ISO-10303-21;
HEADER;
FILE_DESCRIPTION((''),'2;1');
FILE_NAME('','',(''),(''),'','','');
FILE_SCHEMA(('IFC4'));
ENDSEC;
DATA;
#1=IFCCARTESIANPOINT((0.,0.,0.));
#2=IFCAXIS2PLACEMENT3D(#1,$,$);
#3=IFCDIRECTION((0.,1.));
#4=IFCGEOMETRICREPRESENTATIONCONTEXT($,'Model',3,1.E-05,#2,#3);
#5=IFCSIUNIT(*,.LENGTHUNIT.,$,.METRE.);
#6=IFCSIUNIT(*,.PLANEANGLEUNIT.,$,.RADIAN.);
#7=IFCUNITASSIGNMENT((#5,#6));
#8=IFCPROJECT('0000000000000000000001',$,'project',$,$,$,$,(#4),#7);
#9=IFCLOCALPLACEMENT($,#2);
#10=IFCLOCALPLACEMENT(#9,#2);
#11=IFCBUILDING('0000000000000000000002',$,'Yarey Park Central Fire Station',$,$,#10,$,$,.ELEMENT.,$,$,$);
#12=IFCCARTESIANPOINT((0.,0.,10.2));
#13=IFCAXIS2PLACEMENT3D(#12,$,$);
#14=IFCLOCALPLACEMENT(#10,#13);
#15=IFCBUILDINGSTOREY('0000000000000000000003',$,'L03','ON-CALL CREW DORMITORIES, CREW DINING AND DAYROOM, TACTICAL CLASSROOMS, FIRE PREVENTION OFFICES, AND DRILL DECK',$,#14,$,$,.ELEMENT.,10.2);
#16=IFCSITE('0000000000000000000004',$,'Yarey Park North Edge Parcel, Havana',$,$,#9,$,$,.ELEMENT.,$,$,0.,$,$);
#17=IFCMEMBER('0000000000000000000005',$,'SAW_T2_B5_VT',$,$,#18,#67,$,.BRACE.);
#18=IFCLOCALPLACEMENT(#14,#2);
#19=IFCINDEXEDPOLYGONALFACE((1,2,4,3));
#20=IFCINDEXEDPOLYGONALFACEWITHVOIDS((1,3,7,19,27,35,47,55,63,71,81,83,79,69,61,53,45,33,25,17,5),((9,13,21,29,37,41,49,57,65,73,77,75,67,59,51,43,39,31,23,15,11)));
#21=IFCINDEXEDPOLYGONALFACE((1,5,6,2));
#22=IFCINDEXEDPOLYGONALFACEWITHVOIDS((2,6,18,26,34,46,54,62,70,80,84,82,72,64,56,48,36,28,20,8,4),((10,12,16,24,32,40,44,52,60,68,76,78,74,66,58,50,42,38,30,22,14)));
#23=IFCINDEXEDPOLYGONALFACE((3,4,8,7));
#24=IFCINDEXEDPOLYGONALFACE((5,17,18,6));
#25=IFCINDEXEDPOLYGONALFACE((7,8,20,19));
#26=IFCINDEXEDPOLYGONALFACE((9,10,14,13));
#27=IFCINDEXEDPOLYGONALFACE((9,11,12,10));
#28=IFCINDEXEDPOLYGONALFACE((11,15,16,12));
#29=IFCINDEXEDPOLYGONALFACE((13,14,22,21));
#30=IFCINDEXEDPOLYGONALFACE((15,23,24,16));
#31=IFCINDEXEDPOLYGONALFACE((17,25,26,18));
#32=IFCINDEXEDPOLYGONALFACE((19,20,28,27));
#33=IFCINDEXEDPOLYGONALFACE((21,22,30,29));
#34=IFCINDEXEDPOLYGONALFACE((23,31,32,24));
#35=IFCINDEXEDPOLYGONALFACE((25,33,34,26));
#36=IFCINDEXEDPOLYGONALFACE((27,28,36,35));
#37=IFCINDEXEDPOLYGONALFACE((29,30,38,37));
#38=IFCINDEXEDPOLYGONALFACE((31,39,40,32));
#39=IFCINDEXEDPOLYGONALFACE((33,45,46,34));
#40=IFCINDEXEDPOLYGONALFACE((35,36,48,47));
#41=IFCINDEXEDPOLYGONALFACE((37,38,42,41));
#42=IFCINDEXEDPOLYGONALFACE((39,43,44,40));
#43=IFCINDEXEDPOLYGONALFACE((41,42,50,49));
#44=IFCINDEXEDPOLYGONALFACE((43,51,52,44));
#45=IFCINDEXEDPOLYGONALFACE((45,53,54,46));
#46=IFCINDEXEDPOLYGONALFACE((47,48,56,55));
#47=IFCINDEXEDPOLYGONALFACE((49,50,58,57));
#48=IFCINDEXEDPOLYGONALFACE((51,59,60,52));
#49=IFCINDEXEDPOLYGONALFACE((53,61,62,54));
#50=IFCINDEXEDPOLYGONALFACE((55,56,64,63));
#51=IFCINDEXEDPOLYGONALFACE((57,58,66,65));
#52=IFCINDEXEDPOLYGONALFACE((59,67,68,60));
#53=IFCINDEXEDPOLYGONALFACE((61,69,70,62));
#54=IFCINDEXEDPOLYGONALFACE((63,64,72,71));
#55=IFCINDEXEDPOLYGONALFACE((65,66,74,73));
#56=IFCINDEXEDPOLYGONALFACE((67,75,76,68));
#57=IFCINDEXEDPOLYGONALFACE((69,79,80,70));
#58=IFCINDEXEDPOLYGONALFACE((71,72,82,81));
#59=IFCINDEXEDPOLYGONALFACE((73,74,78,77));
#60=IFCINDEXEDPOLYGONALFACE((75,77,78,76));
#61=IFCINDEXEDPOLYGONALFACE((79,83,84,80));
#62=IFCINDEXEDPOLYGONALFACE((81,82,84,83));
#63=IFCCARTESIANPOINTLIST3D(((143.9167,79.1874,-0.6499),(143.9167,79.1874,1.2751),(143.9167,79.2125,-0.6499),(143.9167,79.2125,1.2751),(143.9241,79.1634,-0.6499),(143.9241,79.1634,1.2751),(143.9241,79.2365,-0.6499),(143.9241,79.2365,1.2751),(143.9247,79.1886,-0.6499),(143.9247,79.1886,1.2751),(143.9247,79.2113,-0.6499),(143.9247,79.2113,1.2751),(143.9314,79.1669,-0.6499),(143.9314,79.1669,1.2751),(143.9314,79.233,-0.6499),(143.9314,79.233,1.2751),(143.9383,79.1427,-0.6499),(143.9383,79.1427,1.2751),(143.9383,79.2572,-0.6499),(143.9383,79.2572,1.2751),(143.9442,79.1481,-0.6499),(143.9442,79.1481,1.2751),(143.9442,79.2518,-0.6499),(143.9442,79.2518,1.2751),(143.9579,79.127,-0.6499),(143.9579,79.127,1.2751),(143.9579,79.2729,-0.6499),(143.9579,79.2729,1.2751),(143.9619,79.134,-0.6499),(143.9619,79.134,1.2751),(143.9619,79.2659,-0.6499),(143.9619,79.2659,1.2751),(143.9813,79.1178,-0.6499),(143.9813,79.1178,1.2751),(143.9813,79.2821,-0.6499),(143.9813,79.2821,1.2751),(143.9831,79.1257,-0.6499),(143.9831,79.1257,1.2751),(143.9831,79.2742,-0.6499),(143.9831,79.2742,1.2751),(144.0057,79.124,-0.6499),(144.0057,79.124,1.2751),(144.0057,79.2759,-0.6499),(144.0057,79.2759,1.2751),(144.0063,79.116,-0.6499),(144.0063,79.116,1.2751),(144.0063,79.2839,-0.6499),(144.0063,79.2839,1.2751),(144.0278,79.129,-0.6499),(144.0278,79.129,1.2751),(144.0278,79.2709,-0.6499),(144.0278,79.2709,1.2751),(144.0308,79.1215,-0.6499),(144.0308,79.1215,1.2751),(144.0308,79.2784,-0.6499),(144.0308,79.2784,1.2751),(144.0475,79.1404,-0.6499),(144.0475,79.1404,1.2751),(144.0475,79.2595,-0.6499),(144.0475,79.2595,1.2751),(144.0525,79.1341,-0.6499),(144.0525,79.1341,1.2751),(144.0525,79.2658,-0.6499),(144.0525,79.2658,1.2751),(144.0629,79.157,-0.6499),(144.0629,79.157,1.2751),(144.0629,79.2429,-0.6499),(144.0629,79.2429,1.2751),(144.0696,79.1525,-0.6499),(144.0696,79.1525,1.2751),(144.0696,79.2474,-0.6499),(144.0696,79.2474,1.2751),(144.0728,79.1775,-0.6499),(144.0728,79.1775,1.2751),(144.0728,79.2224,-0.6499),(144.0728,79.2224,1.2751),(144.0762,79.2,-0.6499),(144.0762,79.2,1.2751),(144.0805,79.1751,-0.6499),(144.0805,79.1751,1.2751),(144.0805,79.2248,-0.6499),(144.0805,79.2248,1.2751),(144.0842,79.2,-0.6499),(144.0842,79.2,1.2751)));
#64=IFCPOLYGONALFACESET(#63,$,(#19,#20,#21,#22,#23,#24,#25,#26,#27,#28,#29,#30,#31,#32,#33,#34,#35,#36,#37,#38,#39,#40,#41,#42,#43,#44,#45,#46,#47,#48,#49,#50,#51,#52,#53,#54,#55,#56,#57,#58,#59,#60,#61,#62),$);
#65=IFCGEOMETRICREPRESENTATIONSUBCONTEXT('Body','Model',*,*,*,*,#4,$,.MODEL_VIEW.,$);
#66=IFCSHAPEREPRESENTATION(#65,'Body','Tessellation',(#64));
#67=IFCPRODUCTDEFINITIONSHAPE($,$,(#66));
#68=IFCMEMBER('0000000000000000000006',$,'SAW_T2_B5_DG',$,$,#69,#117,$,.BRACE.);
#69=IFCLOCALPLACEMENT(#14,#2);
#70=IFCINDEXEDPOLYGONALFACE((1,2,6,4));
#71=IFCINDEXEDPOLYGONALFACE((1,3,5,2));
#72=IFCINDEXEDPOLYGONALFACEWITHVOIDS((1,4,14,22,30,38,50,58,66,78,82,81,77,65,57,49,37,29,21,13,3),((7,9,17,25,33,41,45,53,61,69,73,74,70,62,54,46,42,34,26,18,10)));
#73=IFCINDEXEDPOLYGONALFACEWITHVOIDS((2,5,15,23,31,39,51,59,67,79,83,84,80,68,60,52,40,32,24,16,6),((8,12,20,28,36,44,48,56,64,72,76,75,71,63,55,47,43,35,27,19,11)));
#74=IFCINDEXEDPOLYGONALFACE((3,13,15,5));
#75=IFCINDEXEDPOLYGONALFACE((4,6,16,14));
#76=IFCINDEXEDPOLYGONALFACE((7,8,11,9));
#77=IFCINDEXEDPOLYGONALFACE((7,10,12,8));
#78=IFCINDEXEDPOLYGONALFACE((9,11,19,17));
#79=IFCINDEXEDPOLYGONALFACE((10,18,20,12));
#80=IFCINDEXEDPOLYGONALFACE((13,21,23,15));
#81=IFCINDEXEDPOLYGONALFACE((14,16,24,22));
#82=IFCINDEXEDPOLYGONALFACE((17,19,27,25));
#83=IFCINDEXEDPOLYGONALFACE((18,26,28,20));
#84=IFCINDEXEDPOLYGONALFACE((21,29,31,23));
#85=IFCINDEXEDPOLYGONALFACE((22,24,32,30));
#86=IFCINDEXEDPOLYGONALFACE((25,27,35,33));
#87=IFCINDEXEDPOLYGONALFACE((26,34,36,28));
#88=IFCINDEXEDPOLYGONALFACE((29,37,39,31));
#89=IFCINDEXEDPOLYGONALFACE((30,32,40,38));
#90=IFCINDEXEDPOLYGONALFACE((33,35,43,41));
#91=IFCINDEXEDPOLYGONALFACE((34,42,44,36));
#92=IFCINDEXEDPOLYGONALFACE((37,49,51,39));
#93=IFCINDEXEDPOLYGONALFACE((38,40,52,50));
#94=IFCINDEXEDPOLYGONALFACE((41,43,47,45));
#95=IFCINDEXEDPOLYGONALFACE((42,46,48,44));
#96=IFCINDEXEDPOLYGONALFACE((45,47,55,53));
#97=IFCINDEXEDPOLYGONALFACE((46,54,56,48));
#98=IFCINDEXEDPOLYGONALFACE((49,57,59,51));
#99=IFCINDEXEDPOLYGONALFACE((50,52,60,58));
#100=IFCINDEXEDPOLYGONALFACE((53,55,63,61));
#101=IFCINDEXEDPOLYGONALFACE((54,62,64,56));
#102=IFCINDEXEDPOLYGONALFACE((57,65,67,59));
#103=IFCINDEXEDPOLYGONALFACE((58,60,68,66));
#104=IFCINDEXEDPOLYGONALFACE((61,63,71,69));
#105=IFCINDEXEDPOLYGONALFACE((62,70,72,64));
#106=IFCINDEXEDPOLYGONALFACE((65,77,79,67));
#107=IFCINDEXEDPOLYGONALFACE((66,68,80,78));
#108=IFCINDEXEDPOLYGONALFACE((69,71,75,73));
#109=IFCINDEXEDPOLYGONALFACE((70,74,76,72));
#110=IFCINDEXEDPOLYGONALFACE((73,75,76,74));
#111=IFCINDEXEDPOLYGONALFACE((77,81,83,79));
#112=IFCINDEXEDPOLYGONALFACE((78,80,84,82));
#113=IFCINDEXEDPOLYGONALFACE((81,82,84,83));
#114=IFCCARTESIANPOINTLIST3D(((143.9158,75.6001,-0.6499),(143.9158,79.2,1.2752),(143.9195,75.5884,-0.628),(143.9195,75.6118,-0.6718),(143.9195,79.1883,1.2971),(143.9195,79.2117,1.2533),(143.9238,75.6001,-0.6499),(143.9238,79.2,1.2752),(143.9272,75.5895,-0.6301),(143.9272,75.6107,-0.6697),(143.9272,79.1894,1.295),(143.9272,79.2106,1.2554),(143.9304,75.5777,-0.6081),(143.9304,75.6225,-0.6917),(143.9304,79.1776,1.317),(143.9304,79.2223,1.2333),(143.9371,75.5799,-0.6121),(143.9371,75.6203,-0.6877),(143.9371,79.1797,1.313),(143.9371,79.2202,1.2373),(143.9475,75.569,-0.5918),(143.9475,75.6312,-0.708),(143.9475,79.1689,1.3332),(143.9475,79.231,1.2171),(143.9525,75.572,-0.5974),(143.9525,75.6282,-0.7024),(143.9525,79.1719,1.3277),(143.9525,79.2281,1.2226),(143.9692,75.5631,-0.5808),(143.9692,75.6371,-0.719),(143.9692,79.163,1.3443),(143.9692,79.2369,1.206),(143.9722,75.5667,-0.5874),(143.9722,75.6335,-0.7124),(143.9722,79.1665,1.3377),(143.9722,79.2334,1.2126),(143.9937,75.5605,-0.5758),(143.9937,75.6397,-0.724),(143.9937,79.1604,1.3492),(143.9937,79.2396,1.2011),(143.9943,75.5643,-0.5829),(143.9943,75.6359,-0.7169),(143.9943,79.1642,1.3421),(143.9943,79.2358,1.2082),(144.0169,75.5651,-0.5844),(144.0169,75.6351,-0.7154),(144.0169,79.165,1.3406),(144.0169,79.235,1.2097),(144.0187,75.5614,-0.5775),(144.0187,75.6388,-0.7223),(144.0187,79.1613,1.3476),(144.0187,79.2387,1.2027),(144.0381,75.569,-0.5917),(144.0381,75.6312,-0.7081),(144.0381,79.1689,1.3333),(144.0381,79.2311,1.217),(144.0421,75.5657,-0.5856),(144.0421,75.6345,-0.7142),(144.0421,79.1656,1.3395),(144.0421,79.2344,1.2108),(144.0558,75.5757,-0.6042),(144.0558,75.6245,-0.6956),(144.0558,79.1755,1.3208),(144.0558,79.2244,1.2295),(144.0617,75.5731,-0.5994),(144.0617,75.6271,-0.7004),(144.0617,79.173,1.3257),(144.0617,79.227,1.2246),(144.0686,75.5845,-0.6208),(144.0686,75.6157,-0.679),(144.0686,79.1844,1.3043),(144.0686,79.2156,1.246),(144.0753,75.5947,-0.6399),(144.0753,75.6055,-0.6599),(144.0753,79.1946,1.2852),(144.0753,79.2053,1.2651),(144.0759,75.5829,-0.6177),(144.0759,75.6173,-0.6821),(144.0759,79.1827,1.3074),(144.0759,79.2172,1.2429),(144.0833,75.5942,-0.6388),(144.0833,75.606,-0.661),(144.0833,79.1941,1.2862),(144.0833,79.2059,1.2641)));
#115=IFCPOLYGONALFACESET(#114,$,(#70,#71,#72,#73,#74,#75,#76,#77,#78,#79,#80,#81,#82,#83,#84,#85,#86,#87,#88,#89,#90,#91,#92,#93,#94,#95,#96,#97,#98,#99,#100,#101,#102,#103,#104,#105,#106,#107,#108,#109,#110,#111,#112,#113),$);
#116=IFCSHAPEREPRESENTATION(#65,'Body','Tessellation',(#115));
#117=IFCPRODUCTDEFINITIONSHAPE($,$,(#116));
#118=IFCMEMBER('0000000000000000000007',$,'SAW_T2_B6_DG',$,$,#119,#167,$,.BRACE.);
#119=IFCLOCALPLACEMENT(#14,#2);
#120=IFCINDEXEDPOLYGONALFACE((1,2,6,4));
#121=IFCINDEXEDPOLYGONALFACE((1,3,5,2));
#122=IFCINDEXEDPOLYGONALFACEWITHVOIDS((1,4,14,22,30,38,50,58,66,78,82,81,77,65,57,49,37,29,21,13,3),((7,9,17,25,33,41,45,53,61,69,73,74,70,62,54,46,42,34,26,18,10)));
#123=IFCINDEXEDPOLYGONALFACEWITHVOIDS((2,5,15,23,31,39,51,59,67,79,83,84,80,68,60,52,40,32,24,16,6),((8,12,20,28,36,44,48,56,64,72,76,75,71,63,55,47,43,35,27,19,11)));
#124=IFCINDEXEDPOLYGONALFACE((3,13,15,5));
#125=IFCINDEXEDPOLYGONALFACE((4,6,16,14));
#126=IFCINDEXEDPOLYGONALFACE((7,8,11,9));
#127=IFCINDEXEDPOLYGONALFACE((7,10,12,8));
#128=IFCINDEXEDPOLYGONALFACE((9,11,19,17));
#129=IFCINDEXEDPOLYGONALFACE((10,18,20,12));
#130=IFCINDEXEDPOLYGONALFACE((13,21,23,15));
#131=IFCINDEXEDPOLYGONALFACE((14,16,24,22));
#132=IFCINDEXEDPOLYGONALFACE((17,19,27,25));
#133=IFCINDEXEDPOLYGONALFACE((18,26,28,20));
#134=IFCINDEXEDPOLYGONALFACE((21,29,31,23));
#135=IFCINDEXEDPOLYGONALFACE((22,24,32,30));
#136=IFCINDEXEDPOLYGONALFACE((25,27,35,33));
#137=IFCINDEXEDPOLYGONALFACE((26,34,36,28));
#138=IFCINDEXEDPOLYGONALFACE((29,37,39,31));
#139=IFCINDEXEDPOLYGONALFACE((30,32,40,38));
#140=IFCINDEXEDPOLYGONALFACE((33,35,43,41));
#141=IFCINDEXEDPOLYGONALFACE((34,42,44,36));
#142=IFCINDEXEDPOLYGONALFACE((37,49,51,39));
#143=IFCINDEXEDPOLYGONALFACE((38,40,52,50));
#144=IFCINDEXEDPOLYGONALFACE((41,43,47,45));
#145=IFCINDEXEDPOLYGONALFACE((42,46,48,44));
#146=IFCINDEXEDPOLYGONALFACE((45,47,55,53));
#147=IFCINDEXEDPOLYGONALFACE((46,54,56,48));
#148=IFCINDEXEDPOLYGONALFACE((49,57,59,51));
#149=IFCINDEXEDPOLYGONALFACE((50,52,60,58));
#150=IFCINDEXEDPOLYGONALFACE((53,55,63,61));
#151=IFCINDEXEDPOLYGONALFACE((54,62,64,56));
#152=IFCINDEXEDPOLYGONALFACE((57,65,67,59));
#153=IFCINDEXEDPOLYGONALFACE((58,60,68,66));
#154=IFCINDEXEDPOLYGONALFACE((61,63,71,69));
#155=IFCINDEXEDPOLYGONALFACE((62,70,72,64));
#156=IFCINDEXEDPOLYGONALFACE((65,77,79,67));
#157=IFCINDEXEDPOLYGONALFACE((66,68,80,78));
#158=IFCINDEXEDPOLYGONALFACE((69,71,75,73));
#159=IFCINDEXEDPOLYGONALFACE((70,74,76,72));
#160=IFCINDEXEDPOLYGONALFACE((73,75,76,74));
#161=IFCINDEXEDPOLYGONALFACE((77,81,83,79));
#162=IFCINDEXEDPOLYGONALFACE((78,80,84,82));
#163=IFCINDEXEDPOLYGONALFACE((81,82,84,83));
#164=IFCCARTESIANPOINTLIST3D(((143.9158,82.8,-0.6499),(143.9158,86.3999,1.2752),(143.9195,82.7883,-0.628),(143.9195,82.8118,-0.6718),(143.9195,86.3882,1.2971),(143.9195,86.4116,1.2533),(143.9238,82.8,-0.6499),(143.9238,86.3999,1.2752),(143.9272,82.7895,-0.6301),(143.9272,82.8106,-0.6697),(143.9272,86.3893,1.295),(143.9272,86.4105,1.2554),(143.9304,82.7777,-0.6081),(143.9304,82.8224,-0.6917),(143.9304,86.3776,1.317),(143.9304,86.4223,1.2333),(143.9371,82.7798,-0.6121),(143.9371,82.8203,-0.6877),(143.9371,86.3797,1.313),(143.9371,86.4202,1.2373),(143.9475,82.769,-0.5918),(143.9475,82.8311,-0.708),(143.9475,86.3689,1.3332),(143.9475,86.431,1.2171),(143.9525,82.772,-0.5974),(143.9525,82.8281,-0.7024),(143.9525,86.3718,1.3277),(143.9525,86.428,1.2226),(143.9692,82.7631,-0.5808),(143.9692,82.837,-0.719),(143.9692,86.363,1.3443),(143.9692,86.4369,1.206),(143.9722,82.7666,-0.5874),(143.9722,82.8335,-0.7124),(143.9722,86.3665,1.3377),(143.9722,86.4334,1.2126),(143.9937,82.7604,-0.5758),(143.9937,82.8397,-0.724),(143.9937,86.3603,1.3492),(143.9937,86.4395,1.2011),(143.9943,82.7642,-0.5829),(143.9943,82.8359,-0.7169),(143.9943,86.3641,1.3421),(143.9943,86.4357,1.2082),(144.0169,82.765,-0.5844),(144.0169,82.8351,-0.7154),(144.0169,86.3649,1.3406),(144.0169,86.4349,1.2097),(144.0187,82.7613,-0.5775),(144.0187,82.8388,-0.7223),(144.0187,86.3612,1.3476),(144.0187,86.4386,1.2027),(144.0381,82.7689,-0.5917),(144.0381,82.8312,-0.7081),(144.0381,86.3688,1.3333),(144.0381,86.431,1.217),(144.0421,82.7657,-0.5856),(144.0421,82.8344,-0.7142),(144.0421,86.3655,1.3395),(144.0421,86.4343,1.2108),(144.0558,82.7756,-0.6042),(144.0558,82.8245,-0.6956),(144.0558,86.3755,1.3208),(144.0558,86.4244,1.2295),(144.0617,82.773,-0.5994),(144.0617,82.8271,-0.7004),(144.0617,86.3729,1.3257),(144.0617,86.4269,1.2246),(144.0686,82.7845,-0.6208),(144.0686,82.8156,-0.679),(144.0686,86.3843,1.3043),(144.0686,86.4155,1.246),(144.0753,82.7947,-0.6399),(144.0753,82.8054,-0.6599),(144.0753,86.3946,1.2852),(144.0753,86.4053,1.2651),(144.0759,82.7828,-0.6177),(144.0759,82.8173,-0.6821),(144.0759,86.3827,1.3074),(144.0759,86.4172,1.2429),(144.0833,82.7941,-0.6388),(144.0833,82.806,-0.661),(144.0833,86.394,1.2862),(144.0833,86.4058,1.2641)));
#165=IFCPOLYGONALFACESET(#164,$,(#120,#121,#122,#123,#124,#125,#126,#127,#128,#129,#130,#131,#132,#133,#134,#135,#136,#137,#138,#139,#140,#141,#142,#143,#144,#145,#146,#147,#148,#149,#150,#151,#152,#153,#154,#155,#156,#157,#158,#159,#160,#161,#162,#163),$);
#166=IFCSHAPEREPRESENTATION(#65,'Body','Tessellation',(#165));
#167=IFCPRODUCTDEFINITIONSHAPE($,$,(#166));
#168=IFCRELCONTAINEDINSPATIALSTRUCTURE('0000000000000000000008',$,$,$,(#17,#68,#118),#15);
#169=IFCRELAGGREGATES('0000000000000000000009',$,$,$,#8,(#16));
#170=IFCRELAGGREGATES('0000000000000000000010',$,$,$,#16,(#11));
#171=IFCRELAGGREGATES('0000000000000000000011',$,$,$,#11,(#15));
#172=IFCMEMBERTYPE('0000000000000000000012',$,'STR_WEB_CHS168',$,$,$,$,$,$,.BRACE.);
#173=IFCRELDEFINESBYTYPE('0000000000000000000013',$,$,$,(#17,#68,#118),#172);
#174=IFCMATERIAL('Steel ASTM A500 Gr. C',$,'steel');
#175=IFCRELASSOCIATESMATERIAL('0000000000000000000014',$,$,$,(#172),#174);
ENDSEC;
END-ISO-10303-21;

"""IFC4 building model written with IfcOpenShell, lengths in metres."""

from ifc_helpers import new_model, si_unit, direction, frame, origin, origin_2d, place, context, subcontext, project, spatial, hollow_circle, extrude, material, material_profile, profile_set, type_object, element, save


model = new_model("IFC4")

# Units and contexts
model_context = context("Model", 3, precision=1e-05, world=origin(), true_north=direction((0.0, 1.0)))
body_context = subcontext(model_context, "Body", "Model", "MODEL_VIEW")
ifc_project = project(units=[si_unit("LENGTHUNIT", "METRE"), si_unit("PLANEANGLEUNIT", "RADIAN")], contexts=[model_context])

# Site, building, storey
site_placement = place(None, origin())
site = spatial("IfcSite", under=ifc_project, at=site_placement, Name="Yarey Park North Edge Parcel, Havana", CompositionType="ELEMENT", RefElevation=0.0)
building_placement = place(site_placement, origin())
building = spatial("IfcBuilding", under=site, at=building_placement, Name="Yarey Park Central Fire Station", CompositionType="ELEMENT")
storey_placement = place(building_placement, frame((0.0, 0.0, 10.2)))
storey = spatial("IfcBuildingStorey", under=building, at=storey_placement, Name="L03", Description="ON-CALL CREW DORMITORIES, CREW DINING AND DAYROOM, TACTICAL CLASSROOMS, FIRE PREVENTION OFFICES, AND DRILL DECK", CompositionType="ELEMENT", Elevation=10.2)

# Shared definitions
ifc_material_1 = material(Name="Steel ASTM A500 Gr. C", Category="steel")

# Members
ifc_material_profile_1 = material_profile(ifc_material_1, hollow_circle(Radius=0.0842, WallThickness=0.0081, at=origin_2d()), Name="CHS 168.3x8")
ifc_profile_set_1 = profile_set([ifc_material_profile_1], Name="Steel ASTM A500 Gr. C")
member_type_1 = type_object("IfcMemberType", Name="STR_WEB_CHS168", PredefinedType="BRACE", material=ifc_profile_set_1)
member_1_placement = place(storey_placement, frame((144.0, 79.2, -0.6499), z_axis=(0.0, 0.0, 1.0), x_axis=(1.0, 0.0, 0.0)))
element("IfcMember", 1, at=member_1_placement, inside=storey, type_object=member_type_1, Name="SAW_T2_B5_VT", PredefinedType="BRACE", context=body_context, shape_type="SweptSolid", body=[
    extrude(hollow_circle(Radius=0.0842, WallThickness=0.0081, at=origin_2d()), origin(), (0.0, 0.0, 1.0), 1.925),
])
for number, where, z_axis, x_axis, name in (
    (2, (144.0, 75.6001, -0.6499), (0.0, 0.881831, 0.471566), (-1.0, 0.0, 0.0), "SAW_T2_B5_DG"),
    (3, (144.0, 82.8, -0.6499), (0.0, 0.881831, 0.471566), (-1.0, 0.0, 0.0), "SAW_T2_B6_DG"),
):
    element("IfcMember", number, at=place(storey_placement, frame(where, z_axis=z_axis, x_axis=x_axis)), inside=storey, type_object=member_type_1, Name=name, PredefinedType="BRACE", context=body_context, shape_type="SweptSolid", body=[
        extrude(hollow_circle(Radius=0.0842, WallThickness=0.0081, at=origin_2d()), origin(), (0.0, 0.0, 1.0), 4.0823),
    ])

save(model, "model.ifc")
